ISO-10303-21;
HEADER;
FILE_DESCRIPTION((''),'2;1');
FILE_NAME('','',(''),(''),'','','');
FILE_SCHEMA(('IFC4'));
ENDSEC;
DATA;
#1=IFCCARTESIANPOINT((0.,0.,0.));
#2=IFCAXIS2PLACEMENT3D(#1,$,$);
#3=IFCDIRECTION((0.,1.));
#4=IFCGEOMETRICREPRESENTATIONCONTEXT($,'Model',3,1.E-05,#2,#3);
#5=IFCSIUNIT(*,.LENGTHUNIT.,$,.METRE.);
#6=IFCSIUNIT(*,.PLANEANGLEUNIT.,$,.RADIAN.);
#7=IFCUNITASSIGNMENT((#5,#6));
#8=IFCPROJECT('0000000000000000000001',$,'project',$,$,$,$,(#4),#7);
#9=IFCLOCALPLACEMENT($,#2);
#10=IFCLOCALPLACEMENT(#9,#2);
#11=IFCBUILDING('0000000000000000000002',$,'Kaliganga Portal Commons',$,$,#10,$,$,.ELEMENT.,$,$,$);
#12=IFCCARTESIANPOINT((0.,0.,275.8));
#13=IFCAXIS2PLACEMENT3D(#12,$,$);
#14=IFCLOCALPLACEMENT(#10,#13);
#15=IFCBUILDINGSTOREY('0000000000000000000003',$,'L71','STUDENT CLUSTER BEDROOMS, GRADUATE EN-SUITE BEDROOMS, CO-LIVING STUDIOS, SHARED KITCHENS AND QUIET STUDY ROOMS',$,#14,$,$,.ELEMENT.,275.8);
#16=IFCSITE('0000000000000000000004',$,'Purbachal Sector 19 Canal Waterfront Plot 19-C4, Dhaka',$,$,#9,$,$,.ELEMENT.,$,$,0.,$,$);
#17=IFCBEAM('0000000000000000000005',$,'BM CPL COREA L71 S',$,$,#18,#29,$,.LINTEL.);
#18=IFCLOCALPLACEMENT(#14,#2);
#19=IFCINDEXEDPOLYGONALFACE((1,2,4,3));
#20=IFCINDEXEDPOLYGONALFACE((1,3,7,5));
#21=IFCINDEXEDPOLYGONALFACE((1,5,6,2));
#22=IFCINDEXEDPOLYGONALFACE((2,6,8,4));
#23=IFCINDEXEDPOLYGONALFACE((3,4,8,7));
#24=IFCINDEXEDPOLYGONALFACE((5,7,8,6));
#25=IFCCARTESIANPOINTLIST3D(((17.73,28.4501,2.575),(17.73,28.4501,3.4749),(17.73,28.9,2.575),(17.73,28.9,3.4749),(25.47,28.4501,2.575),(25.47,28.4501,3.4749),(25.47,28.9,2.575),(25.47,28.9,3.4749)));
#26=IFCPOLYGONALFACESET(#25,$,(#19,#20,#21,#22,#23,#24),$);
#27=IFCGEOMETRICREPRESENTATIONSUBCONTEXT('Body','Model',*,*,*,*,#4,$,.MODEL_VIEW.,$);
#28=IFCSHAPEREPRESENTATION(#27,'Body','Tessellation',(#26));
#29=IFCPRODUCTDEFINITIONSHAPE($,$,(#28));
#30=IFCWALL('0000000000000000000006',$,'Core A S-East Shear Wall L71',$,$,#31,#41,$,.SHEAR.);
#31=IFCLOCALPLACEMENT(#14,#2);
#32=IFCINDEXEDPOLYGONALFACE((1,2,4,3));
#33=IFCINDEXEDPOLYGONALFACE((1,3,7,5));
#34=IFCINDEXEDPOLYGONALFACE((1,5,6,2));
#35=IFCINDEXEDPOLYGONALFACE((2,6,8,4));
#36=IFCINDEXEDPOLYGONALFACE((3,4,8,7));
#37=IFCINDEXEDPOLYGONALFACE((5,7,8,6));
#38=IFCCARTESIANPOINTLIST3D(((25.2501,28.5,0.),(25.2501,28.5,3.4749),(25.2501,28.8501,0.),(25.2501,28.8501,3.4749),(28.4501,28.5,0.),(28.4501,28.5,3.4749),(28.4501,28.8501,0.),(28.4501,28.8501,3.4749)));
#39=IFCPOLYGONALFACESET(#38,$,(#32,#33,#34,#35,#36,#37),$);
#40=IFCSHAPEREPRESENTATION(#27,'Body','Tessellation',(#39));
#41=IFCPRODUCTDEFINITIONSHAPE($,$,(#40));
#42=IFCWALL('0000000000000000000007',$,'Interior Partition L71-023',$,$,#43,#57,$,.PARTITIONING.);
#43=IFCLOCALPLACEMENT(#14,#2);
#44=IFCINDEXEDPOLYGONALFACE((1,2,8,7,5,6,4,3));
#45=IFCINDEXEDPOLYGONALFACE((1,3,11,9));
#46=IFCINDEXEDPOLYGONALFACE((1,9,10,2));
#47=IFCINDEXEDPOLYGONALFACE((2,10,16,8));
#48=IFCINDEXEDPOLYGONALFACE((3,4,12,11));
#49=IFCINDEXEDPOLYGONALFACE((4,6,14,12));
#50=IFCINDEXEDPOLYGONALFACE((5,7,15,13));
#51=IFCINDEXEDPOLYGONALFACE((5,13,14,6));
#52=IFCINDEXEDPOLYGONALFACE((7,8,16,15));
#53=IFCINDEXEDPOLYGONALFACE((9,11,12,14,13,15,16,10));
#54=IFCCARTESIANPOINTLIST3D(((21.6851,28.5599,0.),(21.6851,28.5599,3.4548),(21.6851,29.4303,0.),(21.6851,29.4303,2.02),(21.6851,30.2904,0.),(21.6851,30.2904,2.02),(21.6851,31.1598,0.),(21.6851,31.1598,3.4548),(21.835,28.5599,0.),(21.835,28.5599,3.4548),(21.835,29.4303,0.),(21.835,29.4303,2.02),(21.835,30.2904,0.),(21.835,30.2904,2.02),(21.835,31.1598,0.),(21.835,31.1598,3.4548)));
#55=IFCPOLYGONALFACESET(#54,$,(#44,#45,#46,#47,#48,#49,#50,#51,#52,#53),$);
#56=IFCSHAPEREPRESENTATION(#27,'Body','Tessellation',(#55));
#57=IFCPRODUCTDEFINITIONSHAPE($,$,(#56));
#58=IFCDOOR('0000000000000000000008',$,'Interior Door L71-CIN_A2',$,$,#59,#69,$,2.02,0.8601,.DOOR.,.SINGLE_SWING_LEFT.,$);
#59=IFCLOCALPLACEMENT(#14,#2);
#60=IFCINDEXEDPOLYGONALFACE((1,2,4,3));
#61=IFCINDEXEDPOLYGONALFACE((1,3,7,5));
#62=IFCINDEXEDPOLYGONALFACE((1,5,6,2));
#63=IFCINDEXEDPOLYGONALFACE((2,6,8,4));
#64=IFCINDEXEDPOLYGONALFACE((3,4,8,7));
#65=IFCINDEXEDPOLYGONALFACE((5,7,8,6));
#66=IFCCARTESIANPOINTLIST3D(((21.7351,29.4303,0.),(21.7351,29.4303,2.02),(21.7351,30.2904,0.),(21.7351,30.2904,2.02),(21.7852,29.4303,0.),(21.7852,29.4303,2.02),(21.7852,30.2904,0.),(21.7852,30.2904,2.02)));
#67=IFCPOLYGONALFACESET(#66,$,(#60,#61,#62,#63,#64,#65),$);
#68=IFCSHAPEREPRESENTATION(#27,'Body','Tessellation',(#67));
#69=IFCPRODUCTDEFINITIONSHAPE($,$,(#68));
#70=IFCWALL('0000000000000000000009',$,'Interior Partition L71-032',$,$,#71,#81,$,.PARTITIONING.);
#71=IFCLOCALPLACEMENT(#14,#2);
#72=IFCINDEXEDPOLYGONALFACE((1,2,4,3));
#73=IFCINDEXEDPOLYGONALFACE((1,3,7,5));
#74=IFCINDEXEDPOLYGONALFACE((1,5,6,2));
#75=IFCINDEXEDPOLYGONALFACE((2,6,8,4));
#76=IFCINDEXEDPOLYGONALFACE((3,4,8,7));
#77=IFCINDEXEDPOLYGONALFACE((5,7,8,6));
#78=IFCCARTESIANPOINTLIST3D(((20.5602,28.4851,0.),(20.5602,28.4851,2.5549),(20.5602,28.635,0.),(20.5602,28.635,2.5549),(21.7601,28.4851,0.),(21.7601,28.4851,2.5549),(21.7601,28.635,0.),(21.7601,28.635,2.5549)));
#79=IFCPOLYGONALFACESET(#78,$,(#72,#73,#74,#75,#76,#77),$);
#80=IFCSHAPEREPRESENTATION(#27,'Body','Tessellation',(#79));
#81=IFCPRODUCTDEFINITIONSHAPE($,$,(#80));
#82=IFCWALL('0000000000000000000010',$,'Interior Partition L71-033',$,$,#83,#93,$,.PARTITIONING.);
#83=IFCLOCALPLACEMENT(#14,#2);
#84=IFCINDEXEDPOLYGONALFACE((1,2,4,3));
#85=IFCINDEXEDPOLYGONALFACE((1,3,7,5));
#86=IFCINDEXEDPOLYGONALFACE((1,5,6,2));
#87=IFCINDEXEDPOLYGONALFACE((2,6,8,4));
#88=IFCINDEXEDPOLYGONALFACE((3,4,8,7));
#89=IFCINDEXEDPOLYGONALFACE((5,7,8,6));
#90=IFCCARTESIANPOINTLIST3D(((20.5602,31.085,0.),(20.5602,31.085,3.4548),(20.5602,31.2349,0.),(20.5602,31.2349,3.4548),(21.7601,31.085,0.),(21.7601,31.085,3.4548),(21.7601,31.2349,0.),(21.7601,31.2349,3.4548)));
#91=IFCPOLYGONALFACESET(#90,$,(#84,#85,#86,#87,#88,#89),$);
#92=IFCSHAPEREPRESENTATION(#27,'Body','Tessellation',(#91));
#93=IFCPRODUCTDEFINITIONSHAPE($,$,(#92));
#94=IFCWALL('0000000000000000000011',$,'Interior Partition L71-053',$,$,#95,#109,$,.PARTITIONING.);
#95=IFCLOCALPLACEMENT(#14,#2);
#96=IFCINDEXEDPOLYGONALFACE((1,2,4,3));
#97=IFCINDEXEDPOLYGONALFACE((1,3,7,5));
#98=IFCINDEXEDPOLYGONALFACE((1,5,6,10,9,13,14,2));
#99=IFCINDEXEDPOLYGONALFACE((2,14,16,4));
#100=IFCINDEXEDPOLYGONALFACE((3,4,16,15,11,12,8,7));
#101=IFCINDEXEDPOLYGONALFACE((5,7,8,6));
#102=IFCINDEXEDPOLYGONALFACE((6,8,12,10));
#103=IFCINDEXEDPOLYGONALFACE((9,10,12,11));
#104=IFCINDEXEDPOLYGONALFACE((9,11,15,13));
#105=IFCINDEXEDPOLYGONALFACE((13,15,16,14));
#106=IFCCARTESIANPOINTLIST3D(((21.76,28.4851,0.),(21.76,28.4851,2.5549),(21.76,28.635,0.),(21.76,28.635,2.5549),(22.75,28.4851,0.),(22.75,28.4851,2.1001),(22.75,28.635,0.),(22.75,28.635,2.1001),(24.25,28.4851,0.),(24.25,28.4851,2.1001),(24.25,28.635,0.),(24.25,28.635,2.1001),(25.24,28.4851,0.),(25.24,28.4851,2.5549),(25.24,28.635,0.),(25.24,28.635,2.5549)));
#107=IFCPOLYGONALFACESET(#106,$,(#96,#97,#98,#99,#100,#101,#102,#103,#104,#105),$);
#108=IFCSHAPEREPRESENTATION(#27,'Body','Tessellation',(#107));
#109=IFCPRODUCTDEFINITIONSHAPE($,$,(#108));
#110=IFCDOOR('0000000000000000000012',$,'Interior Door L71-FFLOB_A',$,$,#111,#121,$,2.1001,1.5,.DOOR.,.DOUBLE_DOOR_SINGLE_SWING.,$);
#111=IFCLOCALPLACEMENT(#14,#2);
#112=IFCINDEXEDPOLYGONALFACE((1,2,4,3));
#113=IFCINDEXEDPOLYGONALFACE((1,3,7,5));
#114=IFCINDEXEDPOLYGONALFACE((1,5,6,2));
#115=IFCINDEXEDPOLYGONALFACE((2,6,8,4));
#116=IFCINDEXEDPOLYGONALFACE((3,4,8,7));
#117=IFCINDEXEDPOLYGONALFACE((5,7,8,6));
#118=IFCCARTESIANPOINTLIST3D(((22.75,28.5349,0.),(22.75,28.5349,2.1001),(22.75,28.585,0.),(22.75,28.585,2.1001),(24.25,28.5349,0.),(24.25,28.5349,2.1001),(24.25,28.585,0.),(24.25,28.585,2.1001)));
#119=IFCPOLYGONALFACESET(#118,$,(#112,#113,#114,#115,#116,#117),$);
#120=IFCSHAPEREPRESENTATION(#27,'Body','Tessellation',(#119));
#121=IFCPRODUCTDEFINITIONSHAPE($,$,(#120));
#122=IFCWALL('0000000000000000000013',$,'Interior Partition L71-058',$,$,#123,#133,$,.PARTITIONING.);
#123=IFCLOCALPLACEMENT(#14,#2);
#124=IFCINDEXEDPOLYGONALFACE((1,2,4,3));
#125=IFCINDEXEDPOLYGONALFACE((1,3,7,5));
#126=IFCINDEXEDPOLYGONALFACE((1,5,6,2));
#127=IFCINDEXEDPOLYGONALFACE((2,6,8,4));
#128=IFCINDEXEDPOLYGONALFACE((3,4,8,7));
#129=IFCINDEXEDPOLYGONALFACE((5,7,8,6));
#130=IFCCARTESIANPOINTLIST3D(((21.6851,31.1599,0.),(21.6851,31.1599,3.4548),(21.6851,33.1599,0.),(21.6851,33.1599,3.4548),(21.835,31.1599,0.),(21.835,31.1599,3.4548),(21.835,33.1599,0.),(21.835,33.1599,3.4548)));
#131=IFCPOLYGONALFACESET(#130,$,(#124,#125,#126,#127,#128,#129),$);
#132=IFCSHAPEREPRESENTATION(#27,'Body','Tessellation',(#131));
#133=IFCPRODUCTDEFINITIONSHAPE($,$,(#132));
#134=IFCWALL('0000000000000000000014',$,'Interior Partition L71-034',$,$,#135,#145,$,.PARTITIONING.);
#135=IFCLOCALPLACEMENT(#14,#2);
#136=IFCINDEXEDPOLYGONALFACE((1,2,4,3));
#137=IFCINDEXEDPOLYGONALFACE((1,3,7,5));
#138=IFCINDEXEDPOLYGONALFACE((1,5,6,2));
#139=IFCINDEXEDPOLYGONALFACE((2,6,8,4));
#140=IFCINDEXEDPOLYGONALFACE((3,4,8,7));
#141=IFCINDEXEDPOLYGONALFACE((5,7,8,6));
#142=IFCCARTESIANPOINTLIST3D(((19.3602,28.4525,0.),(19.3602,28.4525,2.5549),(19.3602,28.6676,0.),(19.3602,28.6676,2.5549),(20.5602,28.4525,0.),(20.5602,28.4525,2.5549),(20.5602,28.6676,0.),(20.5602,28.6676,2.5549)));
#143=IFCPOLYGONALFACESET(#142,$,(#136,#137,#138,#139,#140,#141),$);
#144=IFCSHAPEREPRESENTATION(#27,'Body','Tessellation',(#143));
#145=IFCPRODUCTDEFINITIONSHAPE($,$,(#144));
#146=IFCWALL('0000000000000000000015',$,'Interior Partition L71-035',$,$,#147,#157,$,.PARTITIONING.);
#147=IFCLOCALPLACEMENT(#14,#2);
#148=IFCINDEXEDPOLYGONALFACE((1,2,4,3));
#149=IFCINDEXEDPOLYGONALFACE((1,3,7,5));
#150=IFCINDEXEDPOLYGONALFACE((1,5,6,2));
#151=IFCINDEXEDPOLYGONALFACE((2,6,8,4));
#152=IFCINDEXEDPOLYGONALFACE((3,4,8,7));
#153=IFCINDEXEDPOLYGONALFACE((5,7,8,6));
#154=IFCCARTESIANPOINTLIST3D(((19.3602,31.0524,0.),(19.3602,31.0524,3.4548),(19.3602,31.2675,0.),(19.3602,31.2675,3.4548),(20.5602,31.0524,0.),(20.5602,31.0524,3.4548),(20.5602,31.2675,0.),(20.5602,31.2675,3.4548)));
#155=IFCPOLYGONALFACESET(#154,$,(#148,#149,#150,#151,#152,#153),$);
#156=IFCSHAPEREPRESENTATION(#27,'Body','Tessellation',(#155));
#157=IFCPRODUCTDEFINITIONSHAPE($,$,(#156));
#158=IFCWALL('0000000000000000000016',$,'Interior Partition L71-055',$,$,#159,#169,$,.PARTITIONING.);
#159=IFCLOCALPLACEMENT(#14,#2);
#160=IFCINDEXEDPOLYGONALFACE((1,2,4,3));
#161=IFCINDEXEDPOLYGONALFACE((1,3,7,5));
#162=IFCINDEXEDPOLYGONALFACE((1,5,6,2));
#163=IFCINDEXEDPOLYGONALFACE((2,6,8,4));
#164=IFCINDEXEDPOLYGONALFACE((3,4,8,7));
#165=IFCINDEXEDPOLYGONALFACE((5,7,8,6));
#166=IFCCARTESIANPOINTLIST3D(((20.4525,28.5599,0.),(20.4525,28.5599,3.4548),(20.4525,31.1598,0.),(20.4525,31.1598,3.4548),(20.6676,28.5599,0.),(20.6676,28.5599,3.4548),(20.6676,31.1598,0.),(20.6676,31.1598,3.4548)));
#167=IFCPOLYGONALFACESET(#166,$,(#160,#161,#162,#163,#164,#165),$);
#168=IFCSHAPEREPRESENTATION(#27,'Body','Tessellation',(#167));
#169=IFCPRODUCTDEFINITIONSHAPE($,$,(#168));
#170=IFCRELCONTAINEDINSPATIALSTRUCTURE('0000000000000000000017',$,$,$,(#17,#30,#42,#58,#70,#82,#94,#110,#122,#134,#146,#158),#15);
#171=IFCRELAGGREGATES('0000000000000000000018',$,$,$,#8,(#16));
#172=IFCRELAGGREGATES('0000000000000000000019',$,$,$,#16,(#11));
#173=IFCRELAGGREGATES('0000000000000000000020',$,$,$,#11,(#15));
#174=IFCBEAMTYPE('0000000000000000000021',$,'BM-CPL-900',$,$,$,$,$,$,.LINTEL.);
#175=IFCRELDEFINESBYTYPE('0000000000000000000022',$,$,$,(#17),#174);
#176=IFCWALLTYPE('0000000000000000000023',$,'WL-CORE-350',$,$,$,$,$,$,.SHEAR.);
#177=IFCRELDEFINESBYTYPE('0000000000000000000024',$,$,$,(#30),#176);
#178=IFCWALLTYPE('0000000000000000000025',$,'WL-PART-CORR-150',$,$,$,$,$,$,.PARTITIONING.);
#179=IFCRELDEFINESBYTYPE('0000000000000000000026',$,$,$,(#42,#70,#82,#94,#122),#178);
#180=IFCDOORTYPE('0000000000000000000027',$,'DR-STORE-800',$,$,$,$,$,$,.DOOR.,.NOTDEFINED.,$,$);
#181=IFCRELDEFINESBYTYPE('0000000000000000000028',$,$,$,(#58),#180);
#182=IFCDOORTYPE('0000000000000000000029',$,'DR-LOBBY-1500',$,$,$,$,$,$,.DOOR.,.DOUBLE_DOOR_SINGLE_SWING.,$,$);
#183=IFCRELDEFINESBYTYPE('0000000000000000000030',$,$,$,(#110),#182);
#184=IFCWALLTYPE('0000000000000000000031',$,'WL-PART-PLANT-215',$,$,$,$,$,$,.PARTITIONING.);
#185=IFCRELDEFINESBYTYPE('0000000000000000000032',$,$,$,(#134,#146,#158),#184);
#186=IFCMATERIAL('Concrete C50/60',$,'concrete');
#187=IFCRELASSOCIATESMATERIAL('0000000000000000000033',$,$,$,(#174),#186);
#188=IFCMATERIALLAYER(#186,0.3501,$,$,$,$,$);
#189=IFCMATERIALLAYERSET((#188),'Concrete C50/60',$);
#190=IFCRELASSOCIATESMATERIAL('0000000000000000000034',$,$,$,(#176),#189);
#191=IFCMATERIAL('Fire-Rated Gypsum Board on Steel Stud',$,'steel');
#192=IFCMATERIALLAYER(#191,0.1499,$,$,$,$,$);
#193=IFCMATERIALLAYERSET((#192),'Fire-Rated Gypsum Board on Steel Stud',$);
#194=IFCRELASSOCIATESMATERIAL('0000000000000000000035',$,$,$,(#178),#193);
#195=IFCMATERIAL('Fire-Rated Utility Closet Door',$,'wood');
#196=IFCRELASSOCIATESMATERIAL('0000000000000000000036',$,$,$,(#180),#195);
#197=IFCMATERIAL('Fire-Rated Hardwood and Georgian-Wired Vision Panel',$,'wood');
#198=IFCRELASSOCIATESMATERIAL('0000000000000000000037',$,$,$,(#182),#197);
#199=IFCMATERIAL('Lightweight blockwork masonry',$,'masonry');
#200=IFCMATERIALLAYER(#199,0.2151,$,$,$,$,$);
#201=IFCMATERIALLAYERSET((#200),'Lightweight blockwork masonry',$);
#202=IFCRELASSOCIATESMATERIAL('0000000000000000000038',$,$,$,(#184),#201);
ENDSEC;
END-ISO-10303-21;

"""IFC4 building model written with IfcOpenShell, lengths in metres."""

from ifc_helpers import new_model, si_unit, direction, frame, frame_2d, origin, origin_2d, place, context, subcontext, project, spatial, rectangle, extrude, source, transform, mapped, material, layer, layer_set, material_profile, profile_set, type_object, element, fill, save


model = new_model("IFC4")

# Units and contexts
model_context = context("Model", 3, precision=1e-05, world=origin(), true_north=direction((0.0, 1.0)))
body_context = subcontext(model_context, "Body", "Model", "MODEL_VIEW")
ifc_project = project(units=[si_unit("LENGTHUNIT", "METRE"), si_unit("PLANEANGLEUNIT", "RADIAN")], contexts=[model_context])

# Site, building, storey
site_placement = place(None, origin())
site = spatial("IfcSite", under=ifc_project, at=site_placement, Name="Purbachal Sector 19 Canal Waterfront Plot 19-C4, Dhaka", CompositionType="ELEMENT", RefElevation=0.0)
building_placement = place(site_placement, origin())
building = spatial("IfcBuilding", under=site, at=building_placement, Name="Kaliganga Portal Commons", CompositionType="ELEMENT")
storey_placement = place(building_placement, frame((0.0, 0.0, 275.8)))
storey = spatial("IfcBuildingStorey", under=building, at=storey_placement, Name="L71", Description="STUDENT CLUSTER BEDROOMS, GRADUATE EN-SUITE BEDROOMS, CO-LIVING STUDIOS, SHARED KITCHENS AND QUIET STUDY ROOMS", CompositionType="ELEMENT", Elevation=275.8)

# Beam
ifc_material_1 = material(Name="Concrete C50/60", Category="concrete")
ifc_material_profile = material_profile(ifc_material_1, rectangle(XDim=0.45, YDim=0.8999, at=origin_2d()), Name="RC 450x900")
ifc_profile_set = profile_set([ifc_material_profile], Name="Concrete C50/60")
beam_type = type_object("IfcBeamType", Name="BM-CPL-900", PredefinedType="LINTEL", material=ifc_profile_set)
shared_shape = source(origin(), body_context, "Body", "SweptSolid", [
    extrude(rectangle(XDim=0.45, YDim=0.8999, at=origin_2d()), origin(), (0.0, 0.0, 1.0), 7.74),
])
beam_placement = place(storey_placement, frame((17.73, 28.675, 3.0249), z_axis=(1.0, 0.0, 0.0), x_axis=(0.0, 1.0, 0.0)))
element("IfcBeam", 1, at=beam_placement, inside=storey, type_object=beam_type, Name="BM CPL COREA L71 S", PredefinedType="LINTEL", context=body_context, shape_type="MappedRepresentation", body=[
    mapped(shared_shape, transform((0.0, 0.0, 0.0), x_axis=(1.0, 0.0, 0.0), y_axis=(0.0, 1.0, 0.0), z_axis=(0.0, 0.0, 1.0), scale=1.0)),
])

# Wall
ifc_layer_1 = layer(ifc_material_1, 0.3501)
ifc_layer_set_1 = layer_set([ifc_layer_1], Name="Concrete C50/60")
wall_type_1 = type_object("IfcWallType", Name="WL-CORE-350", PredefinedType="SHEAR", material=ifc_layer_set_1)
wall_1_placement = place(storey_placement, frame((25.25, 28.675, 0.0), z_axis=(0.0, 0.0, 1.0), x_axis=(1.0, 0.0, 0.0)))
element("IfcWall", 2, at=wall_1_placement, inside=storey, type_object=wall_type_1, Name="Core A S-East Shear Wall L71", PredefinedType="SHEAR", context=body_context, shape_type="SweptSolid", body=[
    extrude(rectangle(XDim=3.2, YDim=0.3501, at=frame_2d((1.6001, 0.0))), origin(), (0.0, 0.0, 1.0), 3.4749),
])

# Wall, opening, door
ifc_material_2 = material(Name="Fire-Rated Gypsum Board on Steel Stud", Category="steel")
ifc_layer_2 = layer(ifc_material_2, 0.1499)
ifc_layer_set_2 = layer_set([ifc_layer_2], Name="Fire-Rated Gypsum Board on Steel Stud")
wall_type_2 = type_object("IfcWallType", Name="WL-PART-CORR-150", PredefinedType="PARTITIONING", material=ifc_layer_set_2)
wall_2_placement = place(storey_placement, frame((21.76, 28.5601, 0.0), z_axis=(0.0, 0.0, 1.0), x_axis=(0.0, 1.0, 0.0)))
wall_2 = element("IfcWall", 3, at=wall_2_placement, inside=storey, type_object=wall_type_2, Name="Interior Partition L71-023", PredefinedType="PARTITIONING", context=body_context, shape_type="SweptSolid", body=[
    extrude(rectangle(XDim=2.5999, YDim=0.1499, at=frame_2d((1.2998, 0.0))), origin(), (0.0, 0.0, 1.0), 3.4548),
])
opening_1_placement = place(wall_2_placement, frame((0.8701, 0.0, 0.0)))
opening_1 = element("IfcOpeningElement", 4, at=opening_1_placement, cuts=wall_2, PredefinedType="OPENING", context=body_context, shape_type="SweptSolid", body=[
    extrude(rectangle(XDim=0.8601, YDim=2.02, at=frame_2d((0.4302, 1.01))), frame((0.0, 0.085, 0.0), z_axis=(0.0, -1.0, 0.0), x_axis=(1.0, 0.0, 0.0)), (0.0, 0.0, 1.0), 0.1699),
])
ifc_material_3 = material(Name="Fire-Rated Utility Closet Door", Category="wood")
door_type_1 = type_object("IfcDoorType", Name="DR-STORE-800", OperationType="NOTDEFINED", PredefinedType="DOOR", material=ifc_material_3)
door_1_placement = place(opening_1_placement, origin())
door_1 = element("IfcDoor", 5, at=door_1_placement, inside=storey, type_object=door_type_1, Name="Interior Door L71-CIN_A2", OperationType="SINGLE_SWING_LEFT", OverallHeight=2.02, OverallWidth=0.8601, PredefinedType="DOOR", context=body_context, shape_type="SweptSolid", body=[
    extrude(rectangle(XDim=0.8601, YDim=2.02, at=frame_2d((0.4302, 1.01))), frame((0.0, 0.0249, 0.0), z_axis=(0.0, -1.0, 0.0), x_axis=(1.0, 0.0, 0.0)), (0.0, 0.0, 1.0), 0.05),
])
fill(opening_1, door_1)

# Walls
wall_3_placement = place(storey_placement, frame((20.5601, 28.5601, 0.0), z_axis=(0.0, 0.0, 1.0), x_axis=(1.0, 0.0, 0.0)))
element("IfcWall", 6, at=wall_3_placement, inside=storey, type_object=wall_type_2, Name="Interior Partition L71-032", PredefinedType="PARTITIONING", context=body_context, shape_type="SweptSolid", body=[
    extrude(rectangle(XDim=1.2, YDim=0.1499, at=frame_2d((0.6001, 0.0))), origin(), (0.0, 0.0, 1.0), 2.5549),
])
wall_4_placement = place(storey_placement, frame((20.5601, 31.1599, 0.0), z_axis=(0.0, 0.0, 1.0), x_axis=(1.0, 0.0, 0.0)))
element("IfcWall", 7, at=wall_4_placement, inside=storey, type_object=wall_type_2, Name="Interior Partition L71-033", PredefinedType="PARTITIONING", context=body_context, shape_type="SweptSolid", body=[
    extrude(rectangle(XDim=1.2, YDim=0.1499, at=frame_2d((0.6001, 0.0))), origin(), (0.0, 0.0, 1.0), 3.4548),
])

# Wall, opening, door
wall_5_placement = place(storey_placement, frame((21.76, 28.5601, 0.0), z_axis=(0.0, 0.0, 1.0), x_axis=(1.0, 0.0, 0.0)))
wall_5 = element("IfcWall", 8, at=wall_5_placement, inside=storey, type_object=wall_type_2, Name="Interior Partition L71-053", PredefinedType="PARTITIONING", context=body_context, shape_type="SweptSolid", body=[
    extrude(rectangle(XDim=3.48, YDim=0.1499, at=frame_2d((1.74, 0.0))), origin(), (0.0, 0.0, 1.0), 2.5549),
])
opening_2_placement = place(wall_5_placement, frame((0.99, 0.0, 0.0)))
opening_2 = element("IfcOpeningElement", 9, at=opening_2_placement, cuts=wall_5, PredefinedType="OPENING", context=body_context, shape_type="SweptSolid", body=[
    extrude(rectangle(XDim=1.5, YDim=2.1001, at=frame_2d((0.75, 1.05))), frame((0.0, 0.085, 0.0), z_axis=(0.0, -1.0, 0.0), x_axis=(1.0, 0.0, 0.0)), (0.0, 0.0, 1.0), 0.1699),
])
ifc_material_4 = material(Name="Fire-Rated Hardwood and Georgian-Wired Vision Panel", Category="wood")
door_type_2 = type_object("IfcDoorType", Name="DR-LOBBY-1500", OperationType="DOUBLE_DOOR_SINGLE_SWING", PredefinedType="DOOR", material=ifc_material_4)
door_2_placement = place(opening_2_placement, origin())
door_2 = element("IfcDoor", 10, at=door_2_placement, inside=storey, type_object=door_type_2, Name="Interior Door L71-FFLOB_A", OperationType="DOUBLE_DOOR_SINGLE_SWING", OverallHeight=2.1001, OverallWidth=1.5, PredefinedType="DOOR", context=body_context, shape_type="SweptSolid", body=[
    extrude(rectangle(XDim=1.5, YDim=2.1001, at=frame_2d((0.75, 1.05))), frame((0.0, 0.0249, 0.0), z_axis=(0.0, -1.0, 0.0), x_axis=(1.0, 0.0, 0.0)), (0.0, 0.0, 1.0), 0.05),
])
fill(opening_2, door_2)

# Wall
wall_6_placement = place(storey_placement, frame((21.76, 31.1599, 0.0), z_axis=(0.0, 0.0, 1.0), x_axis=(0.0, 1.0, 0.0)))
element("IfcWall", 11, at=wall_6_placement, inside=storey, type_object=wall_type_2, Name="Interior Partition L71-058", PredefinedType="PARTITIONING", context=body_context, shape_type="SweptSolid", body=[
    extrude(rectangle(XDim=2.0, YDim=0.1499, at=frame_2d((1.0, 0.0))), origin(), (0.0, 0.0, 1.0), 3.4548),
])

# Shared definitions
ifc_material_5 = material(Name="Lightweight blockwork masonry", Category="masonry")
ifc_layer_3 = layer(ifc_material_5, 0.2151)
ifc_layer_set_3 = layer_set([ifc_layer_3], Name="Lightweight blockwork masonry")
wall_type_3 = type_object("IfcWallType", Name="WL-PART-PLANT-215", PredefinedType="PARTITIONING", material=ifc_layer_set_3)

# Walls
wall_7_placement = place(storey_placement, frame((19.3601, 28.5601, 0.0), z_axis=(0.0, 0.0, 1.0), x_axis=(1.0, 0.0, 0.0)))
element("IfcWall", 12, at=wall_7_placement, inside=storey, type_object=wall_type_3, Name="Interior Partition L71-034", PredefinedType="PARTITIONING", context=body_context, shape_type="SweptSolid", body=[
    extrude(rectangle(XDim=1.2, YDim=0.2151, at=frame_2d((0.6001, 0.0))), origin(), (0.0, 0.0, 1.0), 2.5549),
])
wall_8_placement = place(storey_placement, frame((19.3601, 31.1599, 0.0), z_axis=(0.0, 0.0, 1.0), x_axis=(1.0, 0.0, 0.0)))
element("IfcWall", 13, at=wall_8_placement, inside=storey, type_object=wall_type_3, Name="Interior Partition L71-035", PredefinedType="PARTITIONING", context=body_context, shape_type="SweptSolid", body=[
    extrude(rectangle(XDim=1.2, YDim=0.2151, at=frame_2d((0.6001, 0.0))), origin(), (0.0, 0.0, 1.0), 3.4548),
])
wall_9_placement = place(storey_placement, frame((20.5601, 28.5601, 0.0), z_axis=(0.0, 0.0, 1.0), x_axis=(0.0, 1.0, 0.0)))
element("IfcWall", 14, at=wall_9_placement, inside=storey, type_object=wall_type_3, Name="Interior Partition L71-055", PredefinedType="PARTITIONING", context=body_context, shape_type="SweptSolid", body=[
    extrude(rectangle(XDim=2.5999, YDim=0.2151, at=frame_2d((1.2998, 0.0))), origin(), (0.0, 0.0, 1.0), 3.4548),
])

save(model, "model.ifc")
